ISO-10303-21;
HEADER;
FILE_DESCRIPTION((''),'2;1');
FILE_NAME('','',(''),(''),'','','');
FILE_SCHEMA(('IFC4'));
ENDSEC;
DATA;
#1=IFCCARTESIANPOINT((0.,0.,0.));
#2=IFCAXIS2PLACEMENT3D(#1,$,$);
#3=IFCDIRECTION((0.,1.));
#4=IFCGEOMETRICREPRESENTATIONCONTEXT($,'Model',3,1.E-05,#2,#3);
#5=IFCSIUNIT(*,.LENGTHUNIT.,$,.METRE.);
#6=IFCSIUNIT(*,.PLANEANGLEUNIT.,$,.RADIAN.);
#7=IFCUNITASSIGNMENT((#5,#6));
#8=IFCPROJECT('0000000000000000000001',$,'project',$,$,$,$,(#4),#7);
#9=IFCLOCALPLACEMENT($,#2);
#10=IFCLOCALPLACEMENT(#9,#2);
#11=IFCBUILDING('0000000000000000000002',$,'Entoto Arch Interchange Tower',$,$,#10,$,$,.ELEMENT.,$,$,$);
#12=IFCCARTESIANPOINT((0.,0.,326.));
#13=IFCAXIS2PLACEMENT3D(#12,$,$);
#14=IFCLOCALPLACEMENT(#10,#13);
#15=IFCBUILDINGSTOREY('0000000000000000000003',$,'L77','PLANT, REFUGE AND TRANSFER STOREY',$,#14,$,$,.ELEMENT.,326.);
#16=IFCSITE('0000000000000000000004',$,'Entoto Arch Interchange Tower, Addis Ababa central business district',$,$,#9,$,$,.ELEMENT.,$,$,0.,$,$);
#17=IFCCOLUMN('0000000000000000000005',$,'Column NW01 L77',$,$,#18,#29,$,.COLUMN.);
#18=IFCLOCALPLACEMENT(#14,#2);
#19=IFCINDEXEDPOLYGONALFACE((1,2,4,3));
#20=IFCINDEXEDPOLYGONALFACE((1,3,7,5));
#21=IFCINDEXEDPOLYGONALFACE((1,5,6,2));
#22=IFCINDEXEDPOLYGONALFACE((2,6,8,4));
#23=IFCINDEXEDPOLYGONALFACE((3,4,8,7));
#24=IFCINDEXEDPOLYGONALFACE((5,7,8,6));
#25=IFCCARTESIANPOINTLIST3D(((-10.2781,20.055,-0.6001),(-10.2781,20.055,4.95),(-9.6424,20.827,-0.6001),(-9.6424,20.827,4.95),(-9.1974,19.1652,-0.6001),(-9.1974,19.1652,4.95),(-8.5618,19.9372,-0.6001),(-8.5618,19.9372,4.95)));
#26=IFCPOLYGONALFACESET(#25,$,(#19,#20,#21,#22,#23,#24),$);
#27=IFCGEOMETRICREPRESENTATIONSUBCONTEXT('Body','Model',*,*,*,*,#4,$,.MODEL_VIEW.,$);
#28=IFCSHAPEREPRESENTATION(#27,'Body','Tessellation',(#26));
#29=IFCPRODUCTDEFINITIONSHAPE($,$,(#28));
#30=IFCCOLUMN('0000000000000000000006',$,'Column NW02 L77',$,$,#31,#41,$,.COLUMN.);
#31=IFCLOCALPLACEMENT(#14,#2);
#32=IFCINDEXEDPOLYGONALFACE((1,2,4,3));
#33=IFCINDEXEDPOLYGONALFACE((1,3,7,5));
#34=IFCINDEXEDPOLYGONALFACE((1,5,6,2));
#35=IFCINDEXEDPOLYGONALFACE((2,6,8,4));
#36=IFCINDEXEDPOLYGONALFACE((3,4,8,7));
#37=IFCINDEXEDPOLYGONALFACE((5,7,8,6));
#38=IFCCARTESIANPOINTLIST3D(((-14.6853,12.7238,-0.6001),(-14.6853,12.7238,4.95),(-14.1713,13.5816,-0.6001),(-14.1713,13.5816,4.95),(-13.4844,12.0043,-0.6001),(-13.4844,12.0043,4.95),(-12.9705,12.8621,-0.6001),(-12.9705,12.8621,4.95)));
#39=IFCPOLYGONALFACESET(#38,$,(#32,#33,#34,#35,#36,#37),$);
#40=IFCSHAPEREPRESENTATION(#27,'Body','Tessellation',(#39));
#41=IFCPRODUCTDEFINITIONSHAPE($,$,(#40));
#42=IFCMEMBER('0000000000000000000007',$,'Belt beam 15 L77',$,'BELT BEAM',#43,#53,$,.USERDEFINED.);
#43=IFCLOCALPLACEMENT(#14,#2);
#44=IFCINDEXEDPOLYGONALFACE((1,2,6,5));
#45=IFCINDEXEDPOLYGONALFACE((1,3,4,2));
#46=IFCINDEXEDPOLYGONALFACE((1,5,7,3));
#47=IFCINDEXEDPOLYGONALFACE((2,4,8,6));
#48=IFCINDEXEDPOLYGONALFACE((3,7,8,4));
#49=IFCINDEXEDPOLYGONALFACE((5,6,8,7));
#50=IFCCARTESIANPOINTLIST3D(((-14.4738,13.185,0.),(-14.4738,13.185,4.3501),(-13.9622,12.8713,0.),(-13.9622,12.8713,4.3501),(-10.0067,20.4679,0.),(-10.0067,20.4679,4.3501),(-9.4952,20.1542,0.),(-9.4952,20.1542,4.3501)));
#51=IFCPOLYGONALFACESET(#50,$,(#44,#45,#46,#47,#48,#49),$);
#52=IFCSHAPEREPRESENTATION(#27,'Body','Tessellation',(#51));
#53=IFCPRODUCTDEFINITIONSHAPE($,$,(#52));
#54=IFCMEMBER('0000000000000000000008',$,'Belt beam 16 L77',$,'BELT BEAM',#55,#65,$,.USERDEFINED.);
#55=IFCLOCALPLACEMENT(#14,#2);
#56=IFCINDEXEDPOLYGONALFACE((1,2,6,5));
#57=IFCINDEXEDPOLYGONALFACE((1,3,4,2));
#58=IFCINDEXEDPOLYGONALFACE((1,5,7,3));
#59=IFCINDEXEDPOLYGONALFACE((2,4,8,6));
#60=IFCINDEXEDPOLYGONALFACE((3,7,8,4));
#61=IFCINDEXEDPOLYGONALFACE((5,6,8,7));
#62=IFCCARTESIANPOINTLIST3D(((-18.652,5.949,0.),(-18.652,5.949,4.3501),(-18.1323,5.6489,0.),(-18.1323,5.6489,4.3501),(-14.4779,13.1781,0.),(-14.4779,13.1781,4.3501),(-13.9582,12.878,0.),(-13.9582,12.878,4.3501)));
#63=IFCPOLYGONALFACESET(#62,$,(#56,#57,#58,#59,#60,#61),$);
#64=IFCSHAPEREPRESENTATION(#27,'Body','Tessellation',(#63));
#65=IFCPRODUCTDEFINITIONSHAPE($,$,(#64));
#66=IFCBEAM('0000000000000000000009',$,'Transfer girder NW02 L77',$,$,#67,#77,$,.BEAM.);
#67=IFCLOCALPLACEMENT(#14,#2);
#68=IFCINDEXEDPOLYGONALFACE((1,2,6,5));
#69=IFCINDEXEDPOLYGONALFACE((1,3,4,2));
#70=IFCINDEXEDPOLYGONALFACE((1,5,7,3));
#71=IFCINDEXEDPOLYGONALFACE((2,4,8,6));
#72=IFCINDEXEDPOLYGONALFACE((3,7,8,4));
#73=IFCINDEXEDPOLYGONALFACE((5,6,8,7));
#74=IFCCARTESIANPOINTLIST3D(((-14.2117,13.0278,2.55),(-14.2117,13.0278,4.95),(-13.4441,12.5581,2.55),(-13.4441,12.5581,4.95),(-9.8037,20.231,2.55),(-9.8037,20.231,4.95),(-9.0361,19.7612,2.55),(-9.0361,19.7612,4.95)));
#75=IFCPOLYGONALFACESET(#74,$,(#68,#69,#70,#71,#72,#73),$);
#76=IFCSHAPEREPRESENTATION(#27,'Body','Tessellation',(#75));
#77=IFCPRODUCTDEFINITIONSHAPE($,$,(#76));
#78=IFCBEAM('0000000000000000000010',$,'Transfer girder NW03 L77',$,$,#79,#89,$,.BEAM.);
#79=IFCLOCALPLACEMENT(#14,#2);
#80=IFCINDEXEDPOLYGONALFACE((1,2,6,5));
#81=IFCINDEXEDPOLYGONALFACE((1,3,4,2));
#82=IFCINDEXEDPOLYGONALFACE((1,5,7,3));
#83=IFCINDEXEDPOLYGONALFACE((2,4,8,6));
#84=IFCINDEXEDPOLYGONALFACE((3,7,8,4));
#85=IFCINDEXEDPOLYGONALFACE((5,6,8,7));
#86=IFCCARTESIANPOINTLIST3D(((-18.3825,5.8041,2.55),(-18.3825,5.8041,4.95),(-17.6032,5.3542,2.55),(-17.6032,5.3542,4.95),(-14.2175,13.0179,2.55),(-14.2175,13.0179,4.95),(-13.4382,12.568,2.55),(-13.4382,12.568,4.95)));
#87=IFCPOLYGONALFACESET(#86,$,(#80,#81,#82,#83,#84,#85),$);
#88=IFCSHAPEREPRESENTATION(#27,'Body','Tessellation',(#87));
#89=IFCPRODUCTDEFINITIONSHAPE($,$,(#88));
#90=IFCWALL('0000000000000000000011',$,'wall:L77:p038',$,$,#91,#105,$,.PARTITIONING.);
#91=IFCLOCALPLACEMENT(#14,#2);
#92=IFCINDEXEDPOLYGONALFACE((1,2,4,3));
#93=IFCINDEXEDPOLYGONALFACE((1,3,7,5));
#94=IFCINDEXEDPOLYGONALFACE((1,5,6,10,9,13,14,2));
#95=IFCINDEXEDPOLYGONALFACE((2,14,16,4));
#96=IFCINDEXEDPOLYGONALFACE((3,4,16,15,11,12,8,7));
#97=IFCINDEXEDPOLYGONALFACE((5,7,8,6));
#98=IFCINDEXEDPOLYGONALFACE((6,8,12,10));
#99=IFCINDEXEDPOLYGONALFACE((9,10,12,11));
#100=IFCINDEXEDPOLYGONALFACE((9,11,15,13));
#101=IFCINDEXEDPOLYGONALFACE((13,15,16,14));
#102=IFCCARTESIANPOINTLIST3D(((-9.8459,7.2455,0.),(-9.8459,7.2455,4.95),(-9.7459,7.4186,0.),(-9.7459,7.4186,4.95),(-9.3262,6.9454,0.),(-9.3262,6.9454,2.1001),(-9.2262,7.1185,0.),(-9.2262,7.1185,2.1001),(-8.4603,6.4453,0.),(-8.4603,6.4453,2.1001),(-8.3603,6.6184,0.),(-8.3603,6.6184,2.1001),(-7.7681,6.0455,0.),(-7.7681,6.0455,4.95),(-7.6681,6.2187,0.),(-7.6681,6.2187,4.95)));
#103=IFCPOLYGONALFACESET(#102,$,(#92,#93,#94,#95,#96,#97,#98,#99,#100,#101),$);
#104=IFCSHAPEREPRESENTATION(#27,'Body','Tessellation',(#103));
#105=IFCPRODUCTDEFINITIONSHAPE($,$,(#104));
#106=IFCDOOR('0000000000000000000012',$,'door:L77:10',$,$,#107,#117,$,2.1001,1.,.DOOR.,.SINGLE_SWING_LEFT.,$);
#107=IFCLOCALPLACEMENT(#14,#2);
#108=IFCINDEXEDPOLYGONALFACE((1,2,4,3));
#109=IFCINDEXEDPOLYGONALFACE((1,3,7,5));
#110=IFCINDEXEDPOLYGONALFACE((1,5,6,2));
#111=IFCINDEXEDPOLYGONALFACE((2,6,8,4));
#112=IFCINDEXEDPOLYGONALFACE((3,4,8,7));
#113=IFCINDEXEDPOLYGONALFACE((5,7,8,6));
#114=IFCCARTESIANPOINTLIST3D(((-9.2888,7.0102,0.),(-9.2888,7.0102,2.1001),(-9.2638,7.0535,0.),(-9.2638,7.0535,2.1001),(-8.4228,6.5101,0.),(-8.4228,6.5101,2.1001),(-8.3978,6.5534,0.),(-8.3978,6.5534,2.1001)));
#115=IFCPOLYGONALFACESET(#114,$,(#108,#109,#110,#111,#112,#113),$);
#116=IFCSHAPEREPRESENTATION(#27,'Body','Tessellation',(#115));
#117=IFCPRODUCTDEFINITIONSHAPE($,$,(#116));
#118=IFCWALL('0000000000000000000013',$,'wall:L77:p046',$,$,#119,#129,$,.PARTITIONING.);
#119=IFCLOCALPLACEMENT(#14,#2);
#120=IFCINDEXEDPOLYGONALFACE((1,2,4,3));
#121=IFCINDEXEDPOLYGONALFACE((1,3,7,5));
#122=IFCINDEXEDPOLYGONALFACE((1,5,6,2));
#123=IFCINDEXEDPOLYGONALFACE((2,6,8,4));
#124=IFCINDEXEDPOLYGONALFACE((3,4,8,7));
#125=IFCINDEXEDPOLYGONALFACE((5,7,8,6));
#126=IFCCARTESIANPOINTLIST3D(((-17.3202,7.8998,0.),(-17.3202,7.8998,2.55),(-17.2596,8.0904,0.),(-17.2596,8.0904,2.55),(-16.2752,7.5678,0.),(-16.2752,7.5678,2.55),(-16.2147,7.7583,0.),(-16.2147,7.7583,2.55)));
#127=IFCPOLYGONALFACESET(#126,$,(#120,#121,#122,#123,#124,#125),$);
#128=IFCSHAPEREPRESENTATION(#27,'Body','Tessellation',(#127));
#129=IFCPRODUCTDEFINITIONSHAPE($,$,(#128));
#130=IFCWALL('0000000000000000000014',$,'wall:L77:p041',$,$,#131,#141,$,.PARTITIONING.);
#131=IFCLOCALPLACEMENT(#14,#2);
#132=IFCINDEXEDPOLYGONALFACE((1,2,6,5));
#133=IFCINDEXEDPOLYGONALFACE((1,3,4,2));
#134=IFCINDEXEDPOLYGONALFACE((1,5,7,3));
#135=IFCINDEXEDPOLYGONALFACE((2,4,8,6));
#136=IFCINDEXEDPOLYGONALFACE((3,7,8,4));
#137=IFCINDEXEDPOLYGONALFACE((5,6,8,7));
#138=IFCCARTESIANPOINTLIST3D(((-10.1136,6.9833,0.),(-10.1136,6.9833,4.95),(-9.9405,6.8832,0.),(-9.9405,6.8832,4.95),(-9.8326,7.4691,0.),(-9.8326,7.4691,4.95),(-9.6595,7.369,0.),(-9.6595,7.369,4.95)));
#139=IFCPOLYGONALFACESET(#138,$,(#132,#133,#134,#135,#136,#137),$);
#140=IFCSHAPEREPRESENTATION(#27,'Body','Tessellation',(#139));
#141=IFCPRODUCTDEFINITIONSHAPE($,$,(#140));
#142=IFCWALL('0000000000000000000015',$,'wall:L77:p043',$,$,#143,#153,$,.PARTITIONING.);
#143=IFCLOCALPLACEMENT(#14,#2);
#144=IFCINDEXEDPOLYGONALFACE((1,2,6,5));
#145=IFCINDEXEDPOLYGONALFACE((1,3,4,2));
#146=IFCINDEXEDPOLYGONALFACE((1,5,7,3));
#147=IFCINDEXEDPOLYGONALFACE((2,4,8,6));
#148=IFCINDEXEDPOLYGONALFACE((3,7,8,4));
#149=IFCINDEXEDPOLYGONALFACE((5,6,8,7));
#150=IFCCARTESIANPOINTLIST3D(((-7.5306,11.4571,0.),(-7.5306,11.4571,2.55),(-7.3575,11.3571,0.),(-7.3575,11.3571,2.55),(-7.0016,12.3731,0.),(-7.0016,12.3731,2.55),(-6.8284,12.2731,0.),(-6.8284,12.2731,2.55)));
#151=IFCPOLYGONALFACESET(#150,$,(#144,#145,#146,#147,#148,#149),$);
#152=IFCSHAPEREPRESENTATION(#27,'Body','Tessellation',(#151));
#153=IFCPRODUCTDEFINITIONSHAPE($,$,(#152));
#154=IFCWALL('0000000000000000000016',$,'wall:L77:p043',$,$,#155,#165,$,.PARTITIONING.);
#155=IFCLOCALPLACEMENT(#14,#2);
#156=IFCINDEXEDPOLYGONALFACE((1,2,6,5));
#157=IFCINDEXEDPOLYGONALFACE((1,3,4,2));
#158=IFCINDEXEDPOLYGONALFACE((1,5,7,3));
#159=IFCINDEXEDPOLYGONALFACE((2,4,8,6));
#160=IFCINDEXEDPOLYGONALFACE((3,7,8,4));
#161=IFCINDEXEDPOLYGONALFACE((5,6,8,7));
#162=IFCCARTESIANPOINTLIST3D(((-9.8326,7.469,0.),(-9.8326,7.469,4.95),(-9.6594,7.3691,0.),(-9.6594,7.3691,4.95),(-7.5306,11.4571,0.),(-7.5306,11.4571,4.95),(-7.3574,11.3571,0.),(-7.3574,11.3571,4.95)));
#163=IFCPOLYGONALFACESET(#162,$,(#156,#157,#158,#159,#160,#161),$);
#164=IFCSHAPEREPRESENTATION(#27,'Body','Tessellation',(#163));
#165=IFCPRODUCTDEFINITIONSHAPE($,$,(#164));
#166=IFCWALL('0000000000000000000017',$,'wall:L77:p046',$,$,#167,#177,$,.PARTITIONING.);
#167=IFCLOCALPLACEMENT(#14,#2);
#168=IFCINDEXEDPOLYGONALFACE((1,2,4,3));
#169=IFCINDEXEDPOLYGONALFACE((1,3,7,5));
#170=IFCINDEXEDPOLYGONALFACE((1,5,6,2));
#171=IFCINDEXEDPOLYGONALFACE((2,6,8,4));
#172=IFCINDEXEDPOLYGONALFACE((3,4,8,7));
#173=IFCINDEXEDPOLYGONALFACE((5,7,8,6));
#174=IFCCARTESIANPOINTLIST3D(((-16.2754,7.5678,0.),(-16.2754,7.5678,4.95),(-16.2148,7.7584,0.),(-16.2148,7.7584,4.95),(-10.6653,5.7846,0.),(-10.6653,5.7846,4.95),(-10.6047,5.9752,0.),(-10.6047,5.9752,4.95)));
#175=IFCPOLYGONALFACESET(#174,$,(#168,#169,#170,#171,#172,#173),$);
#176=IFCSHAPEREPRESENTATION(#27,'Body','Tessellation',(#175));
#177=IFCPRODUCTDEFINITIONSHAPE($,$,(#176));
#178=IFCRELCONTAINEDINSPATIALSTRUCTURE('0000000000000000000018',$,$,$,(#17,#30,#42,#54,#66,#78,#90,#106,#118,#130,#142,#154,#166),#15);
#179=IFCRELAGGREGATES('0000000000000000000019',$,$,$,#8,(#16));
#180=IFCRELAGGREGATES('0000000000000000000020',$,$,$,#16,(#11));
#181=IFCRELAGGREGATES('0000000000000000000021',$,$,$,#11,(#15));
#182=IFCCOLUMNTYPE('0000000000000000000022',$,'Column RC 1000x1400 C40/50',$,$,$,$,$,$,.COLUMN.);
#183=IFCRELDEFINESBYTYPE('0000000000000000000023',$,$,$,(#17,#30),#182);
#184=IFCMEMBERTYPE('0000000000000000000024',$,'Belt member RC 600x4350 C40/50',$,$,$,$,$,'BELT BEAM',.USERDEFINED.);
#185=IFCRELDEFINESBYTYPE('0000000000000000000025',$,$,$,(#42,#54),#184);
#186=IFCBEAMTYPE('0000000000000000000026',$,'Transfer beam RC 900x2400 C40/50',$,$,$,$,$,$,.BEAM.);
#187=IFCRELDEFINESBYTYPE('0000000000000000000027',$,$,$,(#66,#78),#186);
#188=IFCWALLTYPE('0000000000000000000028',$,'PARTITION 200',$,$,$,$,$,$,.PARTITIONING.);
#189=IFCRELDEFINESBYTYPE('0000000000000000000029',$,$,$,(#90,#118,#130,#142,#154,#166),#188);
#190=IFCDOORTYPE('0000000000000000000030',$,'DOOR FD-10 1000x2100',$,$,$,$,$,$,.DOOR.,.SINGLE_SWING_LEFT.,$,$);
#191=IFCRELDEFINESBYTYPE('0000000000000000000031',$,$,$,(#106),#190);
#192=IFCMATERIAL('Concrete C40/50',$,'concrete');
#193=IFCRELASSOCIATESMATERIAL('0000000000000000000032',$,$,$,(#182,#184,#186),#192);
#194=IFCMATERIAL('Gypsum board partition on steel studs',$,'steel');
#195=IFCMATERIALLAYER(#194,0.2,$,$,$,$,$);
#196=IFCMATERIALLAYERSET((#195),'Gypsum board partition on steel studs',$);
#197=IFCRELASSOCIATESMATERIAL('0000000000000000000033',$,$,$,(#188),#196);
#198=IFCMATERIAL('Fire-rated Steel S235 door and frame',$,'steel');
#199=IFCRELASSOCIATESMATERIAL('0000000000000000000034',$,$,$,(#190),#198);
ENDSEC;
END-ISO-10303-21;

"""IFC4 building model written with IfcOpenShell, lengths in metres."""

from ifc_helpers import new_model, si_unit, direction, frame, frame_2d, origin, origin_2d, place, context, subcontext, project, spatial, rectangle, extrude, material, layer, layer_set, material_profile, profile_set, type_object, element, fill, save


model = new_model("IFC4")

# Units and contexts
model_context = context("Model", 3, precision=1e-05, world=origin(), true_north=direction((0.0, 1.0)))
body_context = subcontext(model_context, "Body", "Model", "MODEL_VIEW")
ifc_project = project(units=[si_unit("LENGTHUNIT", "METRE"), si_unit("PLANEANGLEUNIT", "RADIAN")], contexts=[model_context])

# Site, building, storey
site_placement = place(None, origin())
site = spatial("IfcSite", under=ifc_project, at=site_placement, Name="Entoto Arch Interchange Tower, Addis Ababa central business district", CompositionType="ELEMENT", RefElevation=0.0)
building_placement = place(site_placement, origin())
building = spatial("IfcBuilding", under=site, at=building_placement, Name="Entoto Arch Interchange Tower", CompositionType="ELEMENT")
storey_placement = place(building_placement, frame((0.0, 0.0, 326.0)))
storey = spatial("IfcBuildingStorey", under=building, at=storey_placement, Name="L77", Description="PLANT, REFUGE AND TRANSFER STOREY", CompositionType="ELEMENT", Elevation=326.0)

# Columns
ifc_material_1 = material(Name="Concrete C40/50", Category="concrete")
ifc_material_profile_1 = material_profile(ifc_material_1, rectangle(XDim=1.0, YDim=1.3999, at=origin_2d()))
ifc_profile_set_1 = profile_set([ifc_material_profile_1], Name="Concrete C40/50")
column_type = type_object("IfcColumnType", Name="Column RC 1000x1400 C40/50", PredefinedType="COLUMN", material=ifc_profile_set_1)
for number, where, z_axis, x_axis, name in (
    (1, (-9.4199, 19.9961, -0.6001), (0.0, 0.0, 1.0), (0.635647, 0.77198, 0.0), "Column NW01 L77"),
    (2, (-13.8279, 12.793, -0.6001), (0.0, 0.0, 1.0), (0.513946, 0.857823, 0.0), "Column NW02 L77"),
):
    element("IfcColumn", number, at=place(storey_placement, frame(where, z_axis=z_axis, x_axis=x_axis)), inside=storey, type_object=column_type, Name=name, PredefinedType="COLUMN", context=body_context, shape_type="SweptSolid", body=[
        extrude(rectangle(XDim=1.0, YDim=1.3999, at=origin_2d()), origin(), (0.0, 0.0, 1.0), 5.55),
    ])

# Members
ifc_material_profile_2 = material_profile(ifc_material_1, rectangle(XDim=0.6001, YDim=4.3501, at=origin_2d()))
ifc_profile_set_2 = profile_set([ifc_material_profile_2], Name="Concrete C40/50")
member_type = type_object("IfcMemberType", Name="Belt member RC 600x4350 C40/50", ElementType="BELT BEAM", PredefinedType="USERDEFINED", material=ifc_profile_set_2)
member_1_placement = place(storey_placement, frame((-9.751, 20.311, 2.175), z_axis=(-0.522842, -0.85243, 0.0), x_axis=(0.85243, -0.522842, 0.0)))
element("IfcMember", 3, at=member_1_placement, inside=storey, type_object=member_type, Name="Belt beam 15 L77", ObjectType="BELT BEAM", PredefinedType="USERDEFINED", context=body_context, shape_type="SweptSolid", body=[
    extrude(rectangle(XDim=0.6001, YDim=4.3501, at=origin_2d()), origin(), (0.0, 0.0, 1.0), 8.5437),
])
member_2_placement = place(storey_placement, frame((-14.218, 13.0281, 2.175), z_axis=(-0.500036, -0.866004, 0.0), x_axis=(0.866004, -0.500036, 0.0)))
element("IfcMember", 4, at=member_2_placement, inside=storey, type_object=member_type, Name="Belt beam 16 L77", ObjectType="BELT BEAM", PredefinedType="USERDEFINED", context=body_context, shape_type="SweptSolid", body=[
    extrude(rectangle(XDim=0.6001, YDim=4.3501, at=origin_2d()), origin(), (0.0, 0.0, 1.0), 8.3477),
])

# Beams
ifc_material_profile_3 = material_profile(ifc_material_1, rectangle(XDim=0.8999, YDim=2.3999, at=origin_2d()))
ifc_profile_set_3 = profile_set([ifc_material_profile_3], Name="Concrete C40/50")
beam_type = type_object("IfcBeamType", Name="Transfer beam RC 900x2400 C40/50", PredefinedType="BEAM", material=ifc_profile_set_3)
beam_1_placement = place(storey_placement, frame((-9.4199, 19.9961, 3.75), z_axis=(-0.521971, -0.852963, 0.0), x_axis=(0.852963, -0.521971, 0.0)))
element("IfcBeam", 5, at=beam_1_placement, inside=storey, type_object=beam_type, Name="Transfer girder NW02 L77", PredefinedType="BEAM", context=body_context, shape_type="SweptSolid", body=[
    extrude(rectangle(XDim=0.8999, YDim=2.3999, at=origin_2d()), origin(), (0.0, 0.0, 1.0), 8.4448),
])
beam_2_placement = place(storey_placement, frame((-13.8279, 12.793, 3.75), z_axis=(-0.50001, -0.86602, 0.0), x_axis=(0.86602, -0.50001, 0.0)))
element("IfcBeam", 6, at=beam_2_placement, inside=storey, type_object=beam_type, Name="Transfer girder NW03 L77", PredefinedType="BEAM", context=body_context, shape_type="SweptSolid", body=[
    extrude(rectangle(XDim=0.8999, YDim=2.3999, at=origin_2d()), origin(), (0.0, 0.0, 1.0), 8.3298),
])

# Wall, opening, door
ifc_material_2 = material(Name="Gypsum board partition on steel studs", Category="steel")
ifc_layer_1 = layer(ifc_material_2, 0.2)
ifc_layer_set_1 = layer_set([ifc_layer_1], Name="Gypsum board partition on steel studs")
wall_type_1 = type_object("IfcWallType", Name="PARTITION 200", PredefinedType="PARTITIONING", material=ifc_layer_set_1)
wall_1_placement = place(storey_placement, frame((-9.7959, 7.332, 0.0), z_axis=(0.0, 0.0, 1.0), x_axis=(0.865974, -0.500089, 0.0)))
wall_1 = element("IfcWall", 7, at=wall_1_placement, inside=storey, type_object=wall_type_1, Name="wall:L77:p038", PredefinedType="PARTITIONING", context=body_context, shape_type="SweptSolid", body=[
    extrude(rectangle(XDim=2.3994, YDim=0.2, at=frame_2d((1.1997, 0.0))), origin(), (0.0, 0.0, 1.0), 4.95),
])
opening_placement = place(wall_1_placement, frame((0.6001, 0.0, 0.0)))
opening = element("IfcOpeningElement", 8, at=opening_placement, cuts=wall_1, PredefinedType="OPENING", context=body_context, shape_type="SweptSolid", body=[
    extrude(rectangle(XDim=1.0, YDim=2.1001, at=frame_2d((0.5, 1.05))), frame((0.0, 0.1099, 0.0), z_axis=(0.0, -1.0, 0.0), x_axis=(1.0, 0.0, 0.0)), (0.0, 0.0, 1.0), 0.22),
])
ifc_material_3 = material(Name="Fire-rated Steel S235 door and frame", Category="steel")
door_type = type_object("IfcDoorType", Name="DOOR FD-10 1000x2100", OperationType="SINGLE_SWING_LEFT", PredefinedType="DOOR", material=ifc_material_3)
door_placement = place(opening_placement, origin())
door = element("IfcDoor", 9, at=door_placement, inside=storey, type_object=door_type, Name="door:L77:10", OperationType="SINGLE_SWING_LEFT", OverallHeight=2.1001, OverallWidth=1.0, PredefinedType="DOOR", context=body_context, shape_type="SweptSolid", body=[
    extrude(rectangle(XDim=1.0, YDim=2.1001, at=frame_2d((0.5, 1.05))), frame((0.0, 0.0249, 0.0), z_axis=(0.0, -1.0, 0.0), x_axis=(1.0, 0.0, 0.0)), (0.0, 0.0, 1.0), 0.05),
])
fill(opening, door)

# Walls
wall_2_placement = place(storey_placement, frame((-17.29, 7.9951, 0.0), z_axis=(0.0, 0.0, 1.0), x_axis=(0.953043, -0.302836, 0.0)))
element("IfcWall", 10, at=wall_2_placement, inside=storey, type_object=wall_type_1, Name="wall:L77:p046", PredefinedType="PARTITIONING", context=body_context, shape_type="SweptSolid", body=[
    extrude(rectangle(XDim=1.0964, YDim=0.2, at=frame_2d((0.5483, 0.0))), origin(), (0.0, 0.0, 1.0), 2.55),
])
wall_3_placement = place(storey_placement, frame((-10.0271, 6.9331, 0.0), z_axis=(0.0, 0.0, 1.0), x_axis=(0.500676, 0.865635, 0.0)))
element("IfcWall", 11, at=wall_3_placement, inside=storey, type_object=wall_type_1, Name="wall:L77:p041", PredefinedType="PARTITIONING", context=body_context, shape_type="SweptSolid", body=[
    extrude(rectangle(XDim=0.5613, YDim=0.2, at=frame_2d((0.2808, 0.0))), origin(), (0.0, 0.0, 1.0), 4.95),
])
wall_4_placement = place(storey_placement, frame((-6.915, 12.323, 0.0), z_axis=(0.0, 0.0, 1.0), x_axis=(-0.500135, -0.865947, 0.0)))
element("IfcWall", 12, at=wall_4_placement, inside=storey, type_object=wall_type_1, Name="wall:L77:p043", PredefinedType="PARTITIONING", context=body_context, shape_type="SweptSolid", body=[
    extrude(rectangle(XDim=1.0579, YDim=0.2, at=frame_2d((0.5288, 0.0))), origin(), (0.0, 0.0, 1.0), 2.55),
])
wall_5_placement = place(storey_placement, frame((-7.4441, 11.407, 0.0), z_axis=(0.0, 0.0, 1.0), x_axis=(-0.49992, -0.866072, 0.0)))
element("IfcWall", 13, at=wall_5_placement, inside=storey, type_object=wall_type_1, Name="wall:L77:p043", PredefinedType="PARTITIONING", context=body_context, shape_type="SweptSolid", body=[
    extrude(rectangle(XDim=4.6047, YDim=0.2, at=frame_2d((2.3022, 0.0))), origin(), (0.0, 0.0, 1.0), 4.95),
])
wall_6_placement = place(storey_placement, frame((-16.2451, 7.6631, 0.0), z_axis=(0.0, 0.0, 1.0), x_axis=(0.953016, -0.302921, 0.0)))
element("IfcWall", 14, at=wall_6_placement, inside=storey, type_object=wall_type_1, Name="wall:L77:p046", PredefinedType="PARTITIONING", context=body_context, shape_type="SweptSolid", body=[
    extrude(rectangle(XDim=5.8867, YDim=0.2, at=frame_2d((2.9434, 0.0))), origin(), (0.0, 0.0, 1.0), 4.95),
])

save(model, "model.ifc")
